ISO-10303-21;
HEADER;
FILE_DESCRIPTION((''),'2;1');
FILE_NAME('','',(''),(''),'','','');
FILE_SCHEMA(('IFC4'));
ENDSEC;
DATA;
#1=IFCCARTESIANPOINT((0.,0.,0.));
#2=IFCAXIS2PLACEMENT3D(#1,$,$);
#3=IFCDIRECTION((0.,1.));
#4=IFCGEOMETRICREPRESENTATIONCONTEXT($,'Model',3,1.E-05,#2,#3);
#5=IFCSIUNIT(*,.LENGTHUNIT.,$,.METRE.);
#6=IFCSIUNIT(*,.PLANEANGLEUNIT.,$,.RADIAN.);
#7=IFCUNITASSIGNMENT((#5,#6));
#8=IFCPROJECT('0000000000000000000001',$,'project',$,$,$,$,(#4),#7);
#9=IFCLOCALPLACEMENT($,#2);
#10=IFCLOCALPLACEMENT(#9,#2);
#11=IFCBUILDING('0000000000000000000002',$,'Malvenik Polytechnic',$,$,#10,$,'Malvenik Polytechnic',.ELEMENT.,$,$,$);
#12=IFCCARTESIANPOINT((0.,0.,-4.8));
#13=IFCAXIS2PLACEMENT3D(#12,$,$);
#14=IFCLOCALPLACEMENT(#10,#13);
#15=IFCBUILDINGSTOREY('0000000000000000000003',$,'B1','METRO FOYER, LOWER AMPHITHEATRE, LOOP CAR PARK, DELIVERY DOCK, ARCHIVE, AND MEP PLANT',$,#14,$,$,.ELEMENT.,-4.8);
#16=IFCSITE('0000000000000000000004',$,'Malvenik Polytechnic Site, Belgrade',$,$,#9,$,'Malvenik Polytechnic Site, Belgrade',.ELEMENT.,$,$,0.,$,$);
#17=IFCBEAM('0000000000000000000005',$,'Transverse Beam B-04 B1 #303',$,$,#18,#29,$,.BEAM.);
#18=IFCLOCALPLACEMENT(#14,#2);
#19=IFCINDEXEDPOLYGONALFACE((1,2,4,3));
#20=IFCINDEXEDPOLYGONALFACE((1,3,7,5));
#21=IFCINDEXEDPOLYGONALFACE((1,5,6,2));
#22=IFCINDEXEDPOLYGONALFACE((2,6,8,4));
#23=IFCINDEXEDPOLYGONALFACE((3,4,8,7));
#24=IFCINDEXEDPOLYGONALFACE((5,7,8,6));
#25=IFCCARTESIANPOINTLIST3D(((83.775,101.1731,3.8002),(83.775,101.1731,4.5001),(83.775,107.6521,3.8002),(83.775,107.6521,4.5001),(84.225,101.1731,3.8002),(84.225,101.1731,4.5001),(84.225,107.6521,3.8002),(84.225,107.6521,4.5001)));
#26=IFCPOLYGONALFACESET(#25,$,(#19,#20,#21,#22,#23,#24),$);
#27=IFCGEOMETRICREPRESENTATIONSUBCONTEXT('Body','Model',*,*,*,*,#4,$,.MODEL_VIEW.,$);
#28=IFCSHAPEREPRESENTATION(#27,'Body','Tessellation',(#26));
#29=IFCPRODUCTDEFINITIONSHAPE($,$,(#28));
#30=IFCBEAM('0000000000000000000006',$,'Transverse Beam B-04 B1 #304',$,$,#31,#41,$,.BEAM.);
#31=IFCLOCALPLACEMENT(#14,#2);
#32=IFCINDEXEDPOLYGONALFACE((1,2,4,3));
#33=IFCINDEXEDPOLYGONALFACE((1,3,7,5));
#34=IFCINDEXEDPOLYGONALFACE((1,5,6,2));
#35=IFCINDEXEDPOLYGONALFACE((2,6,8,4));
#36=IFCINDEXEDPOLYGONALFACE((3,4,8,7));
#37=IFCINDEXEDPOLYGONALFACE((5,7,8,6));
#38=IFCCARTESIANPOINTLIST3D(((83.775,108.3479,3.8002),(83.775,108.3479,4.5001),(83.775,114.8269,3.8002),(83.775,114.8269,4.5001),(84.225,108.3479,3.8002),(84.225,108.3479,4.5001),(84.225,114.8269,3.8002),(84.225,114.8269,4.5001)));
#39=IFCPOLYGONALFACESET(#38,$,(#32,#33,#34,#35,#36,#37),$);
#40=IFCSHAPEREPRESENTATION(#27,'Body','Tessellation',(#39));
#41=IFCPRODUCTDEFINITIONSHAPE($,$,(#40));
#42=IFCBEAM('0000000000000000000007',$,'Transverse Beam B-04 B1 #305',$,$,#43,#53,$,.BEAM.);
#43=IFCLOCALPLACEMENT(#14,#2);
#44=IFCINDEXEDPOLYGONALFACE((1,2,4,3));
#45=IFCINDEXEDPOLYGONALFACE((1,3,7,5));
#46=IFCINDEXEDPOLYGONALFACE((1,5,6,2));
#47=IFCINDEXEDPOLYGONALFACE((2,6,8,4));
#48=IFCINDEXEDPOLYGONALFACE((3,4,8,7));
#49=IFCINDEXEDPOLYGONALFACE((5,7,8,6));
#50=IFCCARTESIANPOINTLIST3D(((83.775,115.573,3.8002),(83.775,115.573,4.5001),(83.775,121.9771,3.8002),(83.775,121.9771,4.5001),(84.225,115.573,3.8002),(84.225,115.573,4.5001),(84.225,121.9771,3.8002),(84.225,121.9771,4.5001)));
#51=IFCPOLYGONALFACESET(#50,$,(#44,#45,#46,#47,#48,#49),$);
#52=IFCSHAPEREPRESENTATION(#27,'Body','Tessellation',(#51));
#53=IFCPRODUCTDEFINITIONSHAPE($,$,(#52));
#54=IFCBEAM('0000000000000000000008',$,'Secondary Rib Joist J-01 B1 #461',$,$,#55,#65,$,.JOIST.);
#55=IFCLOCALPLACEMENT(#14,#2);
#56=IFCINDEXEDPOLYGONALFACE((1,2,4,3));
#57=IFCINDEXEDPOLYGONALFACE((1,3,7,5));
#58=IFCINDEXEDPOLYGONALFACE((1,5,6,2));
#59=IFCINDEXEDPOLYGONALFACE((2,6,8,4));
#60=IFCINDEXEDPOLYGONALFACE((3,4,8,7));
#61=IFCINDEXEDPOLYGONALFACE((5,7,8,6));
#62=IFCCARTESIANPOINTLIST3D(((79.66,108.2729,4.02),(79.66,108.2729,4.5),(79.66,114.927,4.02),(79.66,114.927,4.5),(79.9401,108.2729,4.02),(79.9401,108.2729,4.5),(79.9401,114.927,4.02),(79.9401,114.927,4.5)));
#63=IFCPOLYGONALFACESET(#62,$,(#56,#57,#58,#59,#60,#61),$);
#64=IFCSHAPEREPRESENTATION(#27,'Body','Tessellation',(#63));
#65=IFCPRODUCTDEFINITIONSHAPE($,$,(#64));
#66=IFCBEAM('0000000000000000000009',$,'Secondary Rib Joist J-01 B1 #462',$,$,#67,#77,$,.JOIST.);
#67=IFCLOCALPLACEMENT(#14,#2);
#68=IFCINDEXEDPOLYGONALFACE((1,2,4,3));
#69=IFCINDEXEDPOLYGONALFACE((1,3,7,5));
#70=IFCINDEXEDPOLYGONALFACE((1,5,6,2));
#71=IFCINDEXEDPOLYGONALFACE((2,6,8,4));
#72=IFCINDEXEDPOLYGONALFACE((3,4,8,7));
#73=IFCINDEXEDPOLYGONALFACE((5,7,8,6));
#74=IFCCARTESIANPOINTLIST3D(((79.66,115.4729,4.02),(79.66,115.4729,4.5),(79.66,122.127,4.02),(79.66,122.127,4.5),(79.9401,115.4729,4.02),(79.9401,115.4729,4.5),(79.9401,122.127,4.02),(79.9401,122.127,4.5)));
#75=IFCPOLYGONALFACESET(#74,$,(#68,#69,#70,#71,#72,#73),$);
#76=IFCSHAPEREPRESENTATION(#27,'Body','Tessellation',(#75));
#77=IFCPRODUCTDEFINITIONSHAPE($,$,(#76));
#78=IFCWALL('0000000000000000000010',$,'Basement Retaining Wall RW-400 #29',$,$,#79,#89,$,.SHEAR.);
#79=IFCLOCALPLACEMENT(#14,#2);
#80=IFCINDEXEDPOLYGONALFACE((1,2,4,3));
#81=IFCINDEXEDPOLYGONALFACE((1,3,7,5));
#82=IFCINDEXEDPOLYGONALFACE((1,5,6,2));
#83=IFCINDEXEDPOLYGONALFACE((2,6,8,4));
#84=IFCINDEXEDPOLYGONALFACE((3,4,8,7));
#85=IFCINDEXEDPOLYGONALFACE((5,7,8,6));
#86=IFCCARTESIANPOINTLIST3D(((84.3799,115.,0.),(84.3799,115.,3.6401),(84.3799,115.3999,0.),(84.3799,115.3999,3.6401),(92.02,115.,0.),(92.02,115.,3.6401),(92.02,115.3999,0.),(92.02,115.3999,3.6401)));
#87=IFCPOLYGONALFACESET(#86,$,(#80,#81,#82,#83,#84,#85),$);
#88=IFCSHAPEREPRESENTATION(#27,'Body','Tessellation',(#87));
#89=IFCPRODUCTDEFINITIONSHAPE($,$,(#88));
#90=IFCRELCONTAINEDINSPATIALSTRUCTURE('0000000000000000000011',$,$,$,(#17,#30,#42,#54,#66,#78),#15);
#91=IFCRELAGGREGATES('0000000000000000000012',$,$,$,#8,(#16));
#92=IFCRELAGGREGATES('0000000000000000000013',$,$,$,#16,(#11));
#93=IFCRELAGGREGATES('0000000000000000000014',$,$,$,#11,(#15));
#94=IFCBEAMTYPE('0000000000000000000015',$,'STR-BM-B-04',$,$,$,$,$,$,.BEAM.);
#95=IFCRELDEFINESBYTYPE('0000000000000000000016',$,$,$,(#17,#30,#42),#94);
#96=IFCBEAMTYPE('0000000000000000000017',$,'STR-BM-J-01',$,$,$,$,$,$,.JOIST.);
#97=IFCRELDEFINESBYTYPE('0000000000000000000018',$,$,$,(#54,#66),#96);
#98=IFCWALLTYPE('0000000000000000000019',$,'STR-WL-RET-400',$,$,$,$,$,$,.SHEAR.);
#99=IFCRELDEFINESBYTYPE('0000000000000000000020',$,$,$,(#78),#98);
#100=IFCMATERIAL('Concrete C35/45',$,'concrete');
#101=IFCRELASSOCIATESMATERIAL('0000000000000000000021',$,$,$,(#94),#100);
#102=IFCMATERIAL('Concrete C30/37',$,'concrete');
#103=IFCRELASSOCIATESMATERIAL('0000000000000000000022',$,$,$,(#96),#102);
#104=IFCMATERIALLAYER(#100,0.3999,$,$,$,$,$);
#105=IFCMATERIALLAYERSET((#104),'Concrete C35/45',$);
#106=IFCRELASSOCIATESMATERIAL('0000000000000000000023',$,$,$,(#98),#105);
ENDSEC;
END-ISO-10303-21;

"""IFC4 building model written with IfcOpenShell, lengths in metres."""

from ifc_helpers import new_model, si_unit, direction, frame, frame_2d, origin, origin_2d, place, context, subcontext, project, spatial, rectangle, extrude, material, layer, layer_set, material_profile, profile_set, type_object, element, save


model = new_model("IFC4")

# Units and contexts
model_context = context("Model", 3, precision=1e-05, world=origin(), true_north=direction((0.0, 1.0)))
body_context = subcontext(model_context, "Body", "Model", "MODEL_VIEW")
ifc_project = project(units=[si_unit("LENGTHUNIT", "METRE"), si_unit("PLANEANGLEUNIT", "RADIAN")], contexts=[model_context])

# Site, building, storey
site_placement = place(None, origin())
site = spatial("IfcSite", under=ifc_project, at=site_placement, Name="Malvenik Polytechnic Site, Belgrade", LongName="Malvenik Polytechnic Site, Belgrade", CompositionType="ELEMENT", RefElevation=0.0)
building_placement = place(site_placement, origin())
building = spatial("IfcBuilding", under=site, at=building_placement, Name="Malvenik Polytechnic", LongName="Malvenik Polytechnic", CompositionType="ELEMENT")
storey_placement = place(building_placement, frame((0.0, 0.0, -4.8)))
storey = spatial("IfcBuildingStorey", under=building, at=storey_placement, Name="B1", Description="METRO FOYER, LOWER AMPHITHEATRE, LOOP CAR PARK, DELIVERY DOCK, ARCHIVE, AND MEP PLANT", CompositionType="ELEMENT", Elevation=-4.8)

# Shared definitions
ifc_material_1 = material(Name="Concrete C35/45", Category="concrete")

# Beams
ifc_material_profile_1 = material_profile(ifc_material_1, rectangle(XDim=0.45, YDim=0.7, at=origin_2d()), Name="RC BM 450x700")
ifc_profile_set_1 = profile_set([ifc_material_profile_1], Name="Concrete C35/45")
beam_type_1 = type_object("IfcBeamType", Name="STR-BM-B-04", PredefinedType="BEAM", material=ifc_profile_set_1)
for number, where, z_axis, x_axis, name in (
    (1, (84.0, 101.1731, 4.1501), (0.0, 1.0, 0.0), (-1.0, 0.0, 0.0), "Transverse Beam B-04 B1 #303"),
    (2, (84.0, 108.3479, 4.1501), (0.0, 1.0, 0.0), (-1.0, 0.0, 0.0), "Transverse Beam B-04 B1 #304"),
):
    element("IfcBeam", number, at=place(storey_placement, frame(where, z_axis=z_axis, x_axis=x_axis)), inside=storey, type_object=beam_type_1, Name=name, PredefinedType="BEAM", context=body_context, shape_type="SweptSolid", body=[
        extrude(rectangle(XDim=0.45, YDim=0.7, at=origin_2d()), origin(), (0.0, 0.0, 1.0), 6.479),
    ])
beam_1_placement = place(storey_placement, frame((84.0, 115.573, 4.1501), z_axis=(0.0, 1.0, 0.0), x_axis=(-1.0, 0.0, 0.0)))
element("IfcBeam", 3, at=beam_1_placement, inside=storey, type_object=beam_type_1, Name="Transverse Beam B-04 B1 #305", PredefinedType="BEAM", context=body_context, shape_type="SweptSolid", body=[
    extrude(rectangle(XDim=0.45, YDim=0.7, at=origin_2d()), origin(), (0.0, 0.0, 1.0), 6.4041),
])
ifc_material_2 = material(Name="Concrete C30/37", Category="concrete")
ifc_material_profile_2 = material_profile(ifc_material_2, rectangle(XDim=0.28, YDim=0.48, at=origin_2d()), Name="RC JST 280x480")
ifc_profile_set_2 = profile_set([ifc_material_profile_2], Name="Concrete C30/37")
beam_type_2 = type_object("IfcBeamType", Name="STR-BM-J-01", PredefinedType="JOIST", material=ifc_profile_set_2)
for number, where, z_axis, x_axis, name in (
    (4, (79.8, 108.2729, 4.26), (0.0, 1.0, 0.0), (-1.0, 0.0, 0.0), "Secondary Rib Joist J-01 B1 #461"),
    (5, (79.8, 115.4729, 4.26), (0.0, 1.0, 0.0), (-1.0, 0.0, 0.0), "Secondary Rib Joist J-01 B1 #462"),
):
    element("IfcBeam", number, at=place(storey_placement, frame(where, z_axis=z_axis, x_axis=x_axis)), inside=storey, type_object=beam_type_2, Name=name, PredefinedType="JOIST", context=body_context, shape_type="SweptSolid", body=[
        extrude(rectangle(XDim=0.28, YDim=0.48, at=origin_2d()), origin(), (0.0, 0.0, 1.0), 6.6541),
    ])

# Wall
ifc_layer = layer(ifc_material_1, 0.3999)
ifc_layer_set = layer_set([ifc_layer], Name="Concrete C35/45")
wall_type = type_object("IfcWallType", Name="STR-WL-RET-400", PredefinedType="SHEAR", material=ifc_layer_set)
wall_placement = place(storey_placement, frame((84.3799, 115.2, 0.0), z_axis=(0.0, 0.0, 1.0), x_axis=(1.0, 0.0, 0.0)))
element("IfcWall", 6, at=wall_placement, inside=storey, type_object=wall_type, Name="Basement Retaining Wall RW-400 #29", PredefinedType="SHEAR", context=body_context, shape_type="SweptSolid", body=[
    extrude(rectangle(XDim=7.6401, YDim=0.3999, at=frame_2d((3.8201, 0.0))), origin(), (0.0, 0.0, 1.0), 3.6401),
])

save(model, "model.ifc")
